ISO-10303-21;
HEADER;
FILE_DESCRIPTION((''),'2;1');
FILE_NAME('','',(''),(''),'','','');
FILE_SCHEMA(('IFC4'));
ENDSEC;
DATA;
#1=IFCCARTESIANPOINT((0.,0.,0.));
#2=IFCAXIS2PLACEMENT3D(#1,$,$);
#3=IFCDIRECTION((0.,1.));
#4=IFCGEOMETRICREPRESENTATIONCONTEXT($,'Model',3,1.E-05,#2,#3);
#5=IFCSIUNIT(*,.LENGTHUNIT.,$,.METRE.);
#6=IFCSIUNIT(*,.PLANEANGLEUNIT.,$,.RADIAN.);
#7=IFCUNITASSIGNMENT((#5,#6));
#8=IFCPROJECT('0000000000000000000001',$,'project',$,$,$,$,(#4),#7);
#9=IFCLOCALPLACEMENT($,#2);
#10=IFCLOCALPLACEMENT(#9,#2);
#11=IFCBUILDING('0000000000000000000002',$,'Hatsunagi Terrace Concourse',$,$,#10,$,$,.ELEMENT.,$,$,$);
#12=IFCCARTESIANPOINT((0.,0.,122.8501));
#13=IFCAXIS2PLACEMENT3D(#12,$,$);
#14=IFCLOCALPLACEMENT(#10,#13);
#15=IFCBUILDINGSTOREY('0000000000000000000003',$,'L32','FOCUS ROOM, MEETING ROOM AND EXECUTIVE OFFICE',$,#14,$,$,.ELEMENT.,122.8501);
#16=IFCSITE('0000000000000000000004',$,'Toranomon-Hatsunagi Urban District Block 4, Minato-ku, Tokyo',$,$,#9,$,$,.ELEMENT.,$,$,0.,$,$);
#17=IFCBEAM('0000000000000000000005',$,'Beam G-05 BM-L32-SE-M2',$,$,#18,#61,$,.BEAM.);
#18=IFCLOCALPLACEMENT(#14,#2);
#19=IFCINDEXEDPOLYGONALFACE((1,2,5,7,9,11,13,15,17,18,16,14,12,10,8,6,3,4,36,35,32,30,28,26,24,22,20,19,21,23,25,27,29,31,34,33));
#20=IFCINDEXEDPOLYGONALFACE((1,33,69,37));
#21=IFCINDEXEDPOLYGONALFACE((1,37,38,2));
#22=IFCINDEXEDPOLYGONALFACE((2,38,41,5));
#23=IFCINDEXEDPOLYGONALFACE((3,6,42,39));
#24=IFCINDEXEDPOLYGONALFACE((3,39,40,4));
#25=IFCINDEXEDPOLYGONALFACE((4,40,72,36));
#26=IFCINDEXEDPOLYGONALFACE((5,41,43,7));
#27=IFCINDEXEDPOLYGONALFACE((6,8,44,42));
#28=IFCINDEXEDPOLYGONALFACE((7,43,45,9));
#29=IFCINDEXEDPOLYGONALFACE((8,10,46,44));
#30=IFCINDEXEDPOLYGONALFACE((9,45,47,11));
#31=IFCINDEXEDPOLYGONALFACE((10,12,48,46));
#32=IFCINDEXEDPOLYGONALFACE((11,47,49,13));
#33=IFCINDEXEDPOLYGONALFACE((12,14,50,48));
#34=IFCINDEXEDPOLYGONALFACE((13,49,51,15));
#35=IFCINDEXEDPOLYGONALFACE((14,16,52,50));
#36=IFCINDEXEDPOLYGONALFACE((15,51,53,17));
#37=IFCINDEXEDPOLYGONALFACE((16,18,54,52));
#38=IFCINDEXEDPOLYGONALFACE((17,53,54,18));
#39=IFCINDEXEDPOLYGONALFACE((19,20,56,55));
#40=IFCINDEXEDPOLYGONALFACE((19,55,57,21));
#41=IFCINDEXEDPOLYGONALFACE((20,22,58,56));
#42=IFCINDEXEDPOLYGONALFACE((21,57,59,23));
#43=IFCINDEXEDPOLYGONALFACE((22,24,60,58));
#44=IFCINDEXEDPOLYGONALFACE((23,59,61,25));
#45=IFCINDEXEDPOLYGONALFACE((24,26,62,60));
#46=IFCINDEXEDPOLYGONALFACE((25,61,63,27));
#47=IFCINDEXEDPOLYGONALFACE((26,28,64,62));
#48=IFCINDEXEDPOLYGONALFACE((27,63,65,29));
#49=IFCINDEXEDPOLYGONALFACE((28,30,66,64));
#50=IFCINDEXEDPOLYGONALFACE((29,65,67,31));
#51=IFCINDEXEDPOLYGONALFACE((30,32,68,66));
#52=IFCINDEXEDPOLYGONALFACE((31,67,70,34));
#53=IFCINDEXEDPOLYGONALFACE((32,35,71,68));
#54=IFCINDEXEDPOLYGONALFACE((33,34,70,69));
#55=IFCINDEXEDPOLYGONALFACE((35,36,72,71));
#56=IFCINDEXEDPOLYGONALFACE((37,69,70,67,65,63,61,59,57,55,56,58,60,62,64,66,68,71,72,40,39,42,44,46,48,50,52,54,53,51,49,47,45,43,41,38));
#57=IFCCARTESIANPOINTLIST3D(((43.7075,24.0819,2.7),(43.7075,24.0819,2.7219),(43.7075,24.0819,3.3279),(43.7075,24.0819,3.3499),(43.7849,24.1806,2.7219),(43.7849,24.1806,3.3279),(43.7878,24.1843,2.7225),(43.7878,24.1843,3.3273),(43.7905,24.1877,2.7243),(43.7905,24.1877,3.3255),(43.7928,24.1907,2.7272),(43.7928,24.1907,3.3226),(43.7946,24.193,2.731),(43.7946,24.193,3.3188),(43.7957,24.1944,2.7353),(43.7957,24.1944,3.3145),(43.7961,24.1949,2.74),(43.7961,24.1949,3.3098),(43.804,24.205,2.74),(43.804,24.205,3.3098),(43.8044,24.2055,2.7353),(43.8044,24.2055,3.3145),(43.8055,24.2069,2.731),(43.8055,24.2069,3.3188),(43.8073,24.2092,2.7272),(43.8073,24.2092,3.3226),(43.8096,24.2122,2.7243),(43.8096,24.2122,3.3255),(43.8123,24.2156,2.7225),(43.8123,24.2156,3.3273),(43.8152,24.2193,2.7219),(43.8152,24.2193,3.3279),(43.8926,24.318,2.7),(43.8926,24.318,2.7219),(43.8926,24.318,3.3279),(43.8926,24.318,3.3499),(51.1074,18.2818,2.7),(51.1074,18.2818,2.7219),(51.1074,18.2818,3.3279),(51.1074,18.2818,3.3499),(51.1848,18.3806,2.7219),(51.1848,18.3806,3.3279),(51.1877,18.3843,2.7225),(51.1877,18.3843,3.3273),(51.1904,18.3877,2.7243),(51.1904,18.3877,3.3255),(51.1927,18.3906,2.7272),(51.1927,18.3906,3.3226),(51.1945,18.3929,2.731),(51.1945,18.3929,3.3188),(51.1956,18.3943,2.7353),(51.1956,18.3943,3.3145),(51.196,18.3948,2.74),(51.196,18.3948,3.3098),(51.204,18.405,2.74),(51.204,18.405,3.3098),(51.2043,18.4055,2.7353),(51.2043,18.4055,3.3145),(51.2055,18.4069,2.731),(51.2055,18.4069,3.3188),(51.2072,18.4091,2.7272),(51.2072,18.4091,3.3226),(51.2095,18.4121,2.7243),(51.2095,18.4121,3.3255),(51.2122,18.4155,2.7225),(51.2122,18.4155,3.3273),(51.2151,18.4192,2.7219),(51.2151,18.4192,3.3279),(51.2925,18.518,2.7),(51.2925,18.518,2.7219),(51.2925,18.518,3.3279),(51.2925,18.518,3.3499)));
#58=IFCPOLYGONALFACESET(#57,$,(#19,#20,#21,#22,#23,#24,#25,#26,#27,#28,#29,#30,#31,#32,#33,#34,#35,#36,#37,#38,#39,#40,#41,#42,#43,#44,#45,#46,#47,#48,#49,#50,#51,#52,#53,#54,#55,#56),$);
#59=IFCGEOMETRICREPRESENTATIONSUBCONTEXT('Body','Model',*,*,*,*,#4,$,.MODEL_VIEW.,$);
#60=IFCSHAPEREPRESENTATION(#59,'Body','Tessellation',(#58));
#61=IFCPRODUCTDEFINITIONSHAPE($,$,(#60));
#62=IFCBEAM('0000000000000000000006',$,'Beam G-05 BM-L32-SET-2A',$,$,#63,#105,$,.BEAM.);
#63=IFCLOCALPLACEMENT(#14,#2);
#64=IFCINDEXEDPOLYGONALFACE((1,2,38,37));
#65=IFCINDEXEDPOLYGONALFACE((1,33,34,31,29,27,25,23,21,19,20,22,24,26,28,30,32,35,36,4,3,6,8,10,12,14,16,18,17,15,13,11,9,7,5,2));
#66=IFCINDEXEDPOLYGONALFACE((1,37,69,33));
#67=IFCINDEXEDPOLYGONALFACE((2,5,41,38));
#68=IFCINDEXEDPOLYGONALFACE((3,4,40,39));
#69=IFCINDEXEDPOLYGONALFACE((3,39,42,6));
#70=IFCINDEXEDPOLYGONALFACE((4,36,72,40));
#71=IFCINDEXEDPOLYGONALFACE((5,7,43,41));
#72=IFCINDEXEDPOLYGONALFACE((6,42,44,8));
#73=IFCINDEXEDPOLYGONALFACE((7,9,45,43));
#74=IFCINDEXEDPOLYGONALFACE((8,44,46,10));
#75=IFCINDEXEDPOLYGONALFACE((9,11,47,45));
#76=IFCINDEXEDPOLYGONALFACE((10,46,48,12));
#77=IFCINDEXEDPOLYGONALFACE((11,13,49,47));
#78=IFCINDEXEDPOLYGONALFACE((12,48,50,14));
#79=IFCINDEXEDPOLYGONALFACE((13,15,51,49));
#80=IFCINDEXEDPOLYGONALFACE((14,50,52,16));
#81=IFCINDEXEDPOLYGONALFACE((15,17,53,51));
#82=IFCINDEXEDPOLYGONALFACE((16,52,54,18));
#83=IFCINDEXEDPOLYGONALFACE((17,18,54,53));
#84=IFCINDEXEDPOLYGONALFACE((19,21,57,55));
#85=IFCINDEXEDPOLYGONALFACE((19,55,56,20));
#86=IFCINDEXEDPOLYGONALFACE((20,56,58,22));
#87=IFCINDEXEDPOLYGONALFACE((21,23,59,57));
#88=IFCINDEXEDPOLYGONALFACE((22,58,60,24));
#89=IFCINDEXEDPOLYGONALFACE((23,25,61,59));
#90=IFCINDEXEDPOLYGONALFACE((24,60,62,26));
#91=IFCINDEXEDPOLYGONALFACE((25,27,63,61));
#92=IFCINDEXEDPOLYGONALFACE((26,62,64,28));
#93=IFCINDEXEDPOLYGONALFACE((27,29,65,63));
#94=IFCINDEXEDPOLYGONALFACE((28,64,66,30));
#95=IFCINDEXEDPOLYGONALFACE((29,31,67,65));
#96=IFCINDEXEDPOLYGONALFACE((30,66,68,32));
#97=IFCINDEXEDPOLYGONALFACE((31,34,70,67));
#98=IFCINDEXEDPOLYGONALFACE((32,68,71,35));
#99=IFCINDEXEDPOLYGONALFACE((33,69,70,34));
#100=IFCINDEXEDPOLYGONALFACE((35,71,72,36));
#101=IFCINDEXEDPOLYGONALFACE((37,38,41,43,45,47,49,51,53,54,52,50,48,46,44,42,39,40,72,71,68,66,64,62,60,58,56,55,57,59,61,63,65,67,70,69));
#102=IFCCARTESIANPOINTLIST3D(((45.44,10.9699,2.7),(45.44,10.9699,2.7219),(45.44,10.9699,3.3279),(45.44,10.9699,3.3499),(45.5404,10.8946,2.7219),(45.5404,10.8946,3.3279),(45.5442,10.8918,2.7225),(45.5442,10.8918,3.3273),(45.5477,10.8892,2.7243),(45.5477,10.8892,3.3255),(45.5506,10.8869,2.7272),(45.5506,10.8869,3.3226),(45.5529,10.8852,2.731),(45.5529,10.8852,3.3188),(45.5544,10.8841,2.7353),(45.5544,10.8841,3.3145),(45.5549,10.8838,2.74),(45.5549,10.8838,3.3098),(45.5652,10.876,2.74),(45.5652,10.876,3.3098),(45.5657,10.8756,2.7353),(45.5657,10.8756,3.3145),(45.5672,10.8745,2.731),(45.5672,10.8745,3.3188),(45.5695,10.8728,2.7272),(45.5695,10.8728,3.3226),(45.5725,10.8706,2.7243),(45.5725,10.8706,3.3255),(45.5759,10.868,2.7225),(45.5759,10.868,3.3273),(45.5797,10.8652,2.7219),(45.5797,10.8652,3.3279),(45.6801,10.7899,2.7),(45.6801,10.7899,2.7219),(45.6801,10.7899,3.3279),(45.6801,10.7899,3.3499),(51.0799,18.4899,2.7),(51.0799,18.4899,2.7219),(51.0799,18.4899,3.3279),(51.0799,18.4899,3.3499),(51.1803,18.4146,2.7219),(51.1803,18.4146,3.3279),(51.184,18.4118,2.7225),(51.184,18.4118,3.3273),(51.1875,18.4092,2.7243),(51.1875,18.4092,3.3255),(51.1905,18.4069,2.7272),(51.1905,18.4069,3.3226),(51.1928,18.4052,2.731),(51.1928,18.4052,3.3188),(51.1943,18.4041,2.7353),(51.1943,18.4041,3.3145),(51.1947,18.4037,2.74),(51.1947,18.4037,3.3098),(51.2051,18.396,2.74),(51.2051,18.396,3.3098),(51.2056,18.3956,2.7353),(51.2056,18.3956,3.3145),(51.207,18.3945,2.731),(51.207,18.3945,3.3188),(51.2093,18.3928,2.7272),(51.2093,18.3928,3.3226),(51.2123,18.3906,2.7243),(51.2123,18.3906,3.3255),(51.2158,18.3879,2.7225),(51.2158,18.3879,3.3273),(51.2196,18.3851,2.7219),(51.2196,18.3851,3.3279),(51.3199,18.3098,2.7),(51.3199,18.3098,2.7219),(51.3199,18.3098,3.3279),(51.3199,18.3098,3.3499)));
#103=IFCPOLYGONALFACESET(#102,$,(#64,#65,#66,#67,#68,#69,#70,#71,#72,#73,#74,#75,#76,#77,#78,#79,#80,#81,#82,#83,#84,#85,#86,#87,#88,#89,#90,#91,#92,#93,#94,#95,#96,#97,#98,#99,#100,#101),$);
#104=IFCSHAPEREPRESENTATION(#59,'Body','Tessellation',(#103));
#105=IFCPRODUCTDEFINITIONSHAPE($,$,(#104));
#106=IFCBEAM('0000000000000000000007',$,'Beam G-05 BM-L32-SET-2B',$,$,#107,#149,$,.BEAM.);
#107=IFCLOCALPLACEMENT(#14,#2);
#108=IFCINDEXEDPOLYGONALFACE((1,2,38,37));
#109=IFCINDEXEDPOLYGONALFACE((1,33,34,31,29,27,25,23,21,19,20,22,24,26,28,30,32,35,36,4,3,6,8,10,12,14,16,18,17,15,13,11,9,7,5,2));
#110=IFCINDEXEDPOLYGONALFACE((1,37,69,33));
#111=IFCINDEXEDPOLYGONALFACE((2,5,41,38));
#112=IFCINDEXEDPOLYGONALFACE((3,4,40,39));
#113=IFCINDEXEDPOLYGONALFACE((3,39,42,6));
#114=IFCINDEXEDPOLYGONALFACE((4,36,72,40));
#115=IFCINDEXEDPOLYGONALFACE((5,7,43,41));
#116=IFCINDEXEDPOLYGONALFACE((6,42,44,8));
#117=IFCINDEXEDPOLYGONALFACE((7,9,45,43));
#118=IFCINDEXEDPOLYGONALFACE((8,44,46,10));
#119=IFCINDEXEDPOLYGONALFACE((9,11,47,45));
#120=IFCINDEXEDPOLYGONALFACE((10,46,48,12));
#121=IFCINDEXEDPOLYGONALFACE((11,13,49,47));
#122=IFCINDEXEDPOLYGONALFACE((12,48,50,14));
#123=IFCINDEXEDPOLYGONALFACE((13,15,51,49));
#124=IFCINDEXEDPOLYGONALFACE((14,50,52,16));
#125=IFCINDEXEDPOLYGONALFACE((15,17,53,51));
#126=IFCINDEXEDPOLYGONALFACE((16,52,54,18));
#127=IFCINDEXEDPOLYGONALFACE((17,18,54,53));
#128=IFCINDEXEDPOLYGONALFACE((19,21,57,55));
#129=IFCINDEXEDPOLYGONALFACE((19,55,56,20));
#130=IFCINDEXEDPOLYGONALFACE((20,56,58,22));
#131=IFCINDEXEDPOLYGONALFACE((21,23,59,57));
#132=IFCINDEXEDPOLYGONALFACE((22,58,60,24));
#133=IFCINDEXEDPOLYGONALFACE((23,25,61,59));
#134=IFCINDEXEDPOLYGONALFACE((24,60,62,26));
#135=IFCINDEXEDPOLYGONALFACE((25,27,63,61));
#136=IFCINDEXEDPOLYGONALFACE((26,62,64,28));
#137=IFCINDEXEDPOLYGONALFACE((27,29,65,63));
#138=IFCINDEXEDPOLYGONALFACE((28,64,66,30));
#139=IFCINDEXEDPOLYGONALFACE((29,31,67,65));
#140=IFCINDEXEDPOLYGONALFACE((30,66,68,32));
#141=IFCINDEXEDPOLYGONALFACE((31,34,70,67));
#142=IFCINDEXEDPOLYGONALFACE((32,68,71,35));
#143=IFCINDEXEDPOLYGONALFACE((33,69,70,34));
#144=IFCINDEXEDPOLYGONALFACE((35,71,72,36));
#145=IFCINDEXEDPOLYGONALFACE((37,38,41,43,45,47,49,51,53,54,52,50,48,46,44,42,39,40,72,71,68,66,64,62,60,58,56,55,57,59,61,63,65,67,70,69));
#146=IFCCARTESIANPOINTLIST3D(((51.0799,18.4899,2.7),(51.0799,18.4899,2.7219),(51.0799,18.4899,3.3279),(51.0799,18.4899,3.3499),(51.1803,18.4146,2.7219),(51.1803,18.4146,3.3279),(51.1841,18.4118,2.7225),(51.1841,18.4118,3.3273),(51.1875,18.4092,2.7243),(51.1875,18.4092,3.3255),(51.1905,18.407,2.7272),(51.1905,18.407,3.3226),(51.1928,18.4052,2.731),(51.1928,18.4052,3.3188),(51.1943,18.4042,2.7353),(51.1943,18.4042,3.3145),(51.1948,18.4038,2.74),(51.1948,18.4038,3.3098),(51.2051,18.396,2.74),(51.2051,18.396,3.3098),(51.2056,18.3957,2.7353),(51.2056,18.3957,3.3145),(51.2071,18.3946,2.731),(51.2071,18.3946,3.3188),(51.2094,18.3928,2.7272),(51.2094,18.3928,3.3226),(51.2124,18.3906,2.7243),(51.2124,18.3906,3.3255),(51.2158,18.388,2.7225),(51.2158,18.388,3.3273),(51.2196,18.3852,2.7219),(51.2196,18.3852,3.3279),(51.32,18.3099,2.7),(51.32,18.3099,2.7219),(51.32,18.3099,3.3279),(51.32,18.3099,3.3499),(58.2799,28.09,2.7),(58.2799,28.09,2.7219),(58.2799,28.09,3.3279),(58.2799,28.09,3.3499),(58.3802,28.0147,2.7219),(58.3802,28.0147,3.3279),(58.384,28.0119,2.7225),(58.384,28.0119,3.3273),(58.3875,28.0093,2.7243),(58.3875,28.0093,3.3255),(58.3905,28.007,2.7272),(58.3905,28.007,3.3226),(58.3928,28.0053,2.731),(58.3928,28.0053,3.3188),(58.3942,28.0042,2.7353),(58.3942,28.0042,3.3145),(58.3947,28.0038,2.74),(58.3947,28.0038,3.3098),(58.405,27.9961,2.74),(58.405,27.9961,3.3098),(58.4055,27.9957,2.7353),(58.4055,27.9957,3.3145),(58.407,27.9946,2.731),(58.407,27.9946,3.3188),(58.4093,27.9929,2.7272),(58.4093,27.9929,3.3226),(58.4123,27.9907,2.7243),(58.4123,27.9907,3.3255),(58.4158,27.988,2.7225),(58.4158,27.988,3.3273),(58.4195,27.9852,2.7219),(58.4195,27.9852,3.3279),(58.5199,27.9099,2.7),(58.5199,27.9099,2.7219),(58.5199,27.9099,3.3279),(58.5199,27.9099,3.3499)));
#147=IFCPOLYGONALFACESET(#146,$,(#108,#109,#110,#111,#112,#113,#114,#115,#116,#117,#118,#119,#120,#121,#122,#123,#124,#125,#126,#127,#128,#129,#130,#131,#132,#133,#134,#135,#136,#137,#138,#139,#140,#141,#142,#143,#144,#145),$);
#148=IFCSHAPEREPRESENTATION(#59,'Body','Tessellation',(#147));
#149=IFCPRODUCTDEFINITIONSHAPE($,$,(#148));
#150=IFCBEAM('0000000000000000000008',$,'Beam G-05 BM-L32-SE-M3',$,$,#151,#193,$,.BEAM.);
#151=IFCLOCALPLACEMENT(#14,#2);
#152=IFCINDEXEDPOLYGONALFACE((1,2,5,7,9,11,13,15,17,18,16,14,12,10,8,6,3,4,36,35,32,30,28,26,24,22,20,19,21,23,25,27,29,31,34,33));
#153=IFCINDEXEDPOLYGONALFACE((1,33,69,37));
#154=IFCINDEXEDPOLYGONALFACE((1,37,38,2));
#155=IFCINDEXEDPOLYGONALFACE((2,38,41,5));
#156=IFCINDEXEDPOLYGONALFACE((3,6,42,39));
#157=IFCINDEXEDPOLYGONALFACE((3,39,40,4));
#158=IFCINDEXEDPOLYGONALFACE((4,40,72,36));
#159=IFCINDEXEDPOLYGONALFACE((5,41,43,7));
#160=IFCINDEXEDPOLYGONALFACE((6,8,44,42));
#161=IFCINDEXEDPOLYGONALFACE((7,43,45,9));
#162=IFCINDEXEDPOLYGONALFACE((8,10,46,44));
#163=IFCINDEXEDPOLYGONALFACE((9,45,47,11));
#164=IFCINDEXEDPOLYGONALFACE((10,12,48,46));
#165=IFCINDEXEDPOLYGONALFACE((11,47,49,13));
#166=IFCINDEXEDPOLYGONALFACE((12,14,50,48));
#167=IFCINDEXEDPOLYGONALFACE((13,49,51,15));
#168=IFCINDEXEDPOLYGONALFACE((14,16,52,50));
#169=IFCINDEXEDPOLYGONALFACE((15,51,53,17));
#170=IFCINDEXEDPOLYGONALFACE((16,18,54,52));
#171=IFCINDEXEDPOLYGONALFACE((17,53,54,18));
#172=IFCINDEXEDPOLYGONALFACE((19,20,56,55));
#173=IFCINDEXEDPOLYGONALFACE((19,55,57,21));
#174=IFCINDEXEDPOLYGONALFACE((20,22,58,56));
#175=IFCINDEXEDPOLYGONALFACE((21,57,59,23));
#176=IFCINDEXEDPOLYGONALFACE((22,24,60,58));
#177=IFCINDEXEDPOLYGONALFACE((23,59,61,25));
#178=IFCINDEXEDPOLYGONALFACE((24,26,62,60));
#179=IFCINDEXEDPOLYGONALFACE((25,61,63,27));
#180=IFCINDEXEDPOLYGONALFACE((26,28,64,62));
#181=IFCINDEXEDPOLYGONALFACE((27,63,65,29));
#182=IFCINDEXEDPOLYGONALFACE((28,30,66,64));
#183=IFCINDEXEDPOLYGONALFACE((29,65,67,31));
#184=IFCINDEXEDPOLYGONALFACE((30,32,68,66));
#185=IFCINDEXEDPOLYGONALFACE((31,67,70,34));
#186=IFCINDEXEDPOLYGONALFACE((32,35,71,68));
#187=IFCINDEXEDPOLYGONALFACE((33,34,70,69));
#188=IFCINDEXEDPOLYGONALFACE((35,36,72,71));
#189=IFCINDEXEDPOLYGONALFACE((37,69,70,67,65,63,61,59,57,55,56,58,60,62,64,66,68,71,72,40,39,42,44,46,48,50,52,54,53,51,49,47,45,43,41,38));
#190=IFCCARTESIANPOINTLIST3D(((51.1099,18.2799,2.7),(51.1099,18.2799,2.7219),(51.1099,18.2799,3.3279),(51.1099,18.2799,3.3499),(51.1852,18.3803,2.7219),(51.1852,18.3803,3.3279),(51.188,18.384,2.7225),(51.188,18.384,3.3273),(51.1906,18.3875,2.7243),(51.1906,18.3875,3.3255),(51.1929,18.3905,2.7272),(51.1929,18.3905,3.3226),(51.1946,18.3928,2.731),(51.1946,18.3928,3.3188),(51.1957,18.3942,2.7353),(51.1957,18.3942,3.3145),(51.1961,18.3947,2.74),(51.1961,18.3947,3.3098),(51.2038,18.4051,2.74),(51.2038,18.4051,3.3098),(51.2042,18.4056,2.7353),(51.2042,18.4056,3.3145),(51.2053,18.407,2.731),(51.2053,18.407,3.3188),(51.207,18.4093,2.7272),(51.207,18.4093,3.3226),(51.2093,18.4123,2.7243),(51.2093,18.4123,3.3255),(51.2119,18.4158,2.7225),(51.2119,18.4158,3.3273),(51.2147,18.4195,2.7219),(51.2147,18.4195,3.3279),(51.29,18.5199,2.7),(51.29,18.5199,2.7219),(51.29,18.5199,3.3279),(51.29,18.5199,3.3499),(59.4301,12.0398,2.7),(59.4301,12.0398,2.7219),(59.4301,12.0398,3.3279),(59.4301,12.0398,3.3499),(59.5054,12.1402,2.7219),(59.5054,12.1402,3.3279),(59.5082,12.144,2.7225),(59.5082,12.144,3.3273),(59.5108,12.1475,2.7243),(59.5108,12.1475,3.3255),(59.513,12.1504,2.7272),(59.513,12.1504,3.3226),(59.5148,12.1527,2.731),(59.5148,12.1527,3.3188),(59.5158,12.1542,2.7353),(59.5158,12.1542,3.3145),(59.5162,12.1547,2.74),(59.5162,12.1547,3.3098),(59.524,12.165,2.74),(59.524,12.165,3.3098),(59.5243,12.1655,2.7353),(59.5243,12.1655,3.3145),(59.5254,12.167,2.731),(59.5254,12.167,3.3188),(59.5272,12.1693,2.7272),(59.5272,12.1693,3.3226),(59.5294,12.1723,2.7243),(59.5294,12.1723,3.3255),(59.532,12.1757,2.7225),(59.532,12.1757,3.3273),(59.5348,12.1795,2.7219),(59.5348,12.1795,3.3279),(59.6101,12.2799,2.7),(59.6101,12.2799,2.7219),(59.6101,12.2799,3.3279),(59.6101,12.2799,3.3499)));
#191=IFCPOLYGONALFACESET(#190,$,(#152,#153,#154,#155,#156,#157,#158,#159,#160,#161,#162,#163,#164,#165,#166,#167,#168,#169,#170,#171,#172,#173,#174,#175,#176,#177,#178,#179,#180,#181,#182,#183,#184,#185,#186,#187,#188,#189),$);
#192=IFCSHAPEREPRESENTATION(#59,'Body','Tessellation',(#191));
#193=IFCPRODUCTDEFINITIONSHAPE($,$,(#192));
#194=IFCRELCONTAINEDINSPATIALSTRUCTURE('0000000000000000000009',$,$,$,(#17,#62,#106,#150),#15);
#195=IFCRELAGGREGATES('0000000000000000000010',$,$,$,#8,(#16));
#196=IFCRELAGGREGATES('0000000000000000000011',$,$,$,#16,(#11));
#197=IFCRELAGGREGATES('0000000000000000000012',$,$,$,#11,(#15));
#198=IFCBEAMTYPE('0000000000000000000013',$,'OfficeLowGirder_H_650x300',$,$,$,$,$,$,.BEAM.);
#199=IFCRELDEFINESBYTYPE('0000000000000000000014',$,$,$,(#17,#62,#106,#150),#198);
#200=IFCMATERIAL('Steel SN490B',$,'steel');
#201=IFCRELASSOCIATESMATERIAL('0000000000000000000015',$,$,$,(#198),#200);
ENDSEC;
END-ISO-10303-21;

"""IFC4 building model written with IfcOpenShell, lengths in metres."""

from ifc_helpers import new_model, si_unit, direction, frame, origin, origin_2d, place, context, subcontext, project, spatial, i_section, extrude, material, material_profile, profile_set, type_object, element, save


model = new_model("IFC4")

# Units and contexts
model_context = context("Model", 3, precision=1e-05, world=origin(), true_north=direction((0.0, 1.0)))
body_context = subcontext(model_context, "Body", "Model", "MODEL_VIEW")
ifc_project = project(units=[si_unit("LENGTHUNIT", "METRE"), si_unit("PLANEANGLEUNIT", "RADIAN")], contexts=[model_context])

# Site, building, storey
site_placement = place(None, origin())
site = spatial("IfcSite", under=ifc_project, at=site_placement, Name="Toranomon-Hatsunagi Urban District Block 4, Minato-ku, Tokyo", CompositionType="ELEMENT", RefElevation=0.0)
building_placement = place(site_placement, origin())
building = spatial("IfcBuilding", under=site, at=building_placement, Name="Hatsunagi Terrace Concourse", CompositionType="ELEMENT")
storey_placement = place(building_placement, frame((0.0, 0.0, 122.8501)))
storey = spatial("IfcBuildingStorey", under=building, at=storey_placement, Name="L32", Description="FOCUS ROOM, MEETING ROOM AND EXECUTIVE OFFICE", CompositionType="ELEMENT", Elevation=122.8501)

# Beams
ifc_material_1 = material(Name="Steel SN490B", Category="steel")
ifc_material_profile_1 = material_profile(ifc_material_1, i_section(OverallWidth=0.3, OverallDepth=0.6499, WebThickness=0.0129, FlangeThickness=0.022, FilletRadius=0.0181, at=origin_2d()), Name="H-650x300x13x22")
ifc_profile_set_1 = profile_set([ifc_material_profile_1], Name="Steel SN490B")
beam_type_1 = type_object("IfcBeamType", Name="OfficeLowGirder_H_650x300", PredefinedType="BEAM", material=ifc_profile_set_1)
beam_1_placement = place(storey_placement, frame((43.8, 24.2, 3.0249), z_axis=(0.787049, -0.61689, 0.0), x_axis=(0.61689, 0.787049, 0.0)))
element("IfcBeam", 1, at=beam_1_placement, inside=storey, type_object=beam_type_1, Name="Beam G-05 BM-L32-SE-M2", PredefinedType="BEAM", context=body_context, shape_type="SweptSolid", body=[
    extrude(i_section(OverallWidth=0.3, OverallDepth=0.6499, WebThickness=0.0129, FlangeThickness=0.022, FilletRadius=0.0181, at=origin_2d()), origin(), (0.0, 0.0, 1.0), 9.4021),
])
beam_2_placement = place(storey_placement, frame((45.5601, 10.8799, 3.0249), z_axis=(0.599992, 0.800006, 0.0), x_axis=(-0.800006, 0.599992, 0.0)))
element("IfcBeam", 2, at=beam_2_placement, inside=storey, type_object=beam_type_1, Name="Beam G-05 BM-L32-SET-2A", PredefinedType="BEAM", context=body_context, shape_type="SweptSolid", body=[
    extrude(i_section(OverallWidth=0.3, OverallDepth=0.6499, WebThickness=0.0129, FlangeThickness=0.022, FilletRadius=0.0181, at=origin_2d()), origin(), (0.0, 0.0, 1.0), 9.3999),
])
beam_3_placement = place(storey_placement, frame((51.2, 18.3999, 3.0249), z_axis=(0.599993, 0.800005, 0.0), x_axis=(-0.800005, 0.599993, 0.0)))
element("IfcBeam", 3, at=beam_3_placement, inside=storey, type_object=beam_type_1, Name="Beam G-05 BM-L32-SET-2B", PredefinedType="BEAM", context=body_context, shape_type="SweptSolid", body=[
    extrude(i_section(OverallWidth=0.3, OverallDepth=0.6499, WebThickness=0.0129, FlangeThickness=0.022, FilletRadius=0.0181, at=origin_2d()), origin(), (0.0, 0.0, 1.0), 12.0),
])
beam_4_placement = place(storey_placement, frame((51.2, 18.3999, 3.0249), z_axis=(0.800003, -0.599996, 0.0), x_axis=(0.599996, 0.800003, 0.0)))
element("IfcBeam", 4, at=beam_4_placement, inside=storey, type_object=beam_type_1, Name="Beam G-05 BM-L32-SE-M3", PredefinedType="BEAM", context=body_context, shape_type="SweptSolid", body=[
    extrude(i_section(OverallWidth=0.3, OverallDepth=0.6499, WebThickness=0.0129, FlangeThickness=0.022, FilletRadius=0.0181, at=origin_2d()), origin(), (0.0, 0.0, 1.0), 10.4001),
])

save(model, "model.ifc")
